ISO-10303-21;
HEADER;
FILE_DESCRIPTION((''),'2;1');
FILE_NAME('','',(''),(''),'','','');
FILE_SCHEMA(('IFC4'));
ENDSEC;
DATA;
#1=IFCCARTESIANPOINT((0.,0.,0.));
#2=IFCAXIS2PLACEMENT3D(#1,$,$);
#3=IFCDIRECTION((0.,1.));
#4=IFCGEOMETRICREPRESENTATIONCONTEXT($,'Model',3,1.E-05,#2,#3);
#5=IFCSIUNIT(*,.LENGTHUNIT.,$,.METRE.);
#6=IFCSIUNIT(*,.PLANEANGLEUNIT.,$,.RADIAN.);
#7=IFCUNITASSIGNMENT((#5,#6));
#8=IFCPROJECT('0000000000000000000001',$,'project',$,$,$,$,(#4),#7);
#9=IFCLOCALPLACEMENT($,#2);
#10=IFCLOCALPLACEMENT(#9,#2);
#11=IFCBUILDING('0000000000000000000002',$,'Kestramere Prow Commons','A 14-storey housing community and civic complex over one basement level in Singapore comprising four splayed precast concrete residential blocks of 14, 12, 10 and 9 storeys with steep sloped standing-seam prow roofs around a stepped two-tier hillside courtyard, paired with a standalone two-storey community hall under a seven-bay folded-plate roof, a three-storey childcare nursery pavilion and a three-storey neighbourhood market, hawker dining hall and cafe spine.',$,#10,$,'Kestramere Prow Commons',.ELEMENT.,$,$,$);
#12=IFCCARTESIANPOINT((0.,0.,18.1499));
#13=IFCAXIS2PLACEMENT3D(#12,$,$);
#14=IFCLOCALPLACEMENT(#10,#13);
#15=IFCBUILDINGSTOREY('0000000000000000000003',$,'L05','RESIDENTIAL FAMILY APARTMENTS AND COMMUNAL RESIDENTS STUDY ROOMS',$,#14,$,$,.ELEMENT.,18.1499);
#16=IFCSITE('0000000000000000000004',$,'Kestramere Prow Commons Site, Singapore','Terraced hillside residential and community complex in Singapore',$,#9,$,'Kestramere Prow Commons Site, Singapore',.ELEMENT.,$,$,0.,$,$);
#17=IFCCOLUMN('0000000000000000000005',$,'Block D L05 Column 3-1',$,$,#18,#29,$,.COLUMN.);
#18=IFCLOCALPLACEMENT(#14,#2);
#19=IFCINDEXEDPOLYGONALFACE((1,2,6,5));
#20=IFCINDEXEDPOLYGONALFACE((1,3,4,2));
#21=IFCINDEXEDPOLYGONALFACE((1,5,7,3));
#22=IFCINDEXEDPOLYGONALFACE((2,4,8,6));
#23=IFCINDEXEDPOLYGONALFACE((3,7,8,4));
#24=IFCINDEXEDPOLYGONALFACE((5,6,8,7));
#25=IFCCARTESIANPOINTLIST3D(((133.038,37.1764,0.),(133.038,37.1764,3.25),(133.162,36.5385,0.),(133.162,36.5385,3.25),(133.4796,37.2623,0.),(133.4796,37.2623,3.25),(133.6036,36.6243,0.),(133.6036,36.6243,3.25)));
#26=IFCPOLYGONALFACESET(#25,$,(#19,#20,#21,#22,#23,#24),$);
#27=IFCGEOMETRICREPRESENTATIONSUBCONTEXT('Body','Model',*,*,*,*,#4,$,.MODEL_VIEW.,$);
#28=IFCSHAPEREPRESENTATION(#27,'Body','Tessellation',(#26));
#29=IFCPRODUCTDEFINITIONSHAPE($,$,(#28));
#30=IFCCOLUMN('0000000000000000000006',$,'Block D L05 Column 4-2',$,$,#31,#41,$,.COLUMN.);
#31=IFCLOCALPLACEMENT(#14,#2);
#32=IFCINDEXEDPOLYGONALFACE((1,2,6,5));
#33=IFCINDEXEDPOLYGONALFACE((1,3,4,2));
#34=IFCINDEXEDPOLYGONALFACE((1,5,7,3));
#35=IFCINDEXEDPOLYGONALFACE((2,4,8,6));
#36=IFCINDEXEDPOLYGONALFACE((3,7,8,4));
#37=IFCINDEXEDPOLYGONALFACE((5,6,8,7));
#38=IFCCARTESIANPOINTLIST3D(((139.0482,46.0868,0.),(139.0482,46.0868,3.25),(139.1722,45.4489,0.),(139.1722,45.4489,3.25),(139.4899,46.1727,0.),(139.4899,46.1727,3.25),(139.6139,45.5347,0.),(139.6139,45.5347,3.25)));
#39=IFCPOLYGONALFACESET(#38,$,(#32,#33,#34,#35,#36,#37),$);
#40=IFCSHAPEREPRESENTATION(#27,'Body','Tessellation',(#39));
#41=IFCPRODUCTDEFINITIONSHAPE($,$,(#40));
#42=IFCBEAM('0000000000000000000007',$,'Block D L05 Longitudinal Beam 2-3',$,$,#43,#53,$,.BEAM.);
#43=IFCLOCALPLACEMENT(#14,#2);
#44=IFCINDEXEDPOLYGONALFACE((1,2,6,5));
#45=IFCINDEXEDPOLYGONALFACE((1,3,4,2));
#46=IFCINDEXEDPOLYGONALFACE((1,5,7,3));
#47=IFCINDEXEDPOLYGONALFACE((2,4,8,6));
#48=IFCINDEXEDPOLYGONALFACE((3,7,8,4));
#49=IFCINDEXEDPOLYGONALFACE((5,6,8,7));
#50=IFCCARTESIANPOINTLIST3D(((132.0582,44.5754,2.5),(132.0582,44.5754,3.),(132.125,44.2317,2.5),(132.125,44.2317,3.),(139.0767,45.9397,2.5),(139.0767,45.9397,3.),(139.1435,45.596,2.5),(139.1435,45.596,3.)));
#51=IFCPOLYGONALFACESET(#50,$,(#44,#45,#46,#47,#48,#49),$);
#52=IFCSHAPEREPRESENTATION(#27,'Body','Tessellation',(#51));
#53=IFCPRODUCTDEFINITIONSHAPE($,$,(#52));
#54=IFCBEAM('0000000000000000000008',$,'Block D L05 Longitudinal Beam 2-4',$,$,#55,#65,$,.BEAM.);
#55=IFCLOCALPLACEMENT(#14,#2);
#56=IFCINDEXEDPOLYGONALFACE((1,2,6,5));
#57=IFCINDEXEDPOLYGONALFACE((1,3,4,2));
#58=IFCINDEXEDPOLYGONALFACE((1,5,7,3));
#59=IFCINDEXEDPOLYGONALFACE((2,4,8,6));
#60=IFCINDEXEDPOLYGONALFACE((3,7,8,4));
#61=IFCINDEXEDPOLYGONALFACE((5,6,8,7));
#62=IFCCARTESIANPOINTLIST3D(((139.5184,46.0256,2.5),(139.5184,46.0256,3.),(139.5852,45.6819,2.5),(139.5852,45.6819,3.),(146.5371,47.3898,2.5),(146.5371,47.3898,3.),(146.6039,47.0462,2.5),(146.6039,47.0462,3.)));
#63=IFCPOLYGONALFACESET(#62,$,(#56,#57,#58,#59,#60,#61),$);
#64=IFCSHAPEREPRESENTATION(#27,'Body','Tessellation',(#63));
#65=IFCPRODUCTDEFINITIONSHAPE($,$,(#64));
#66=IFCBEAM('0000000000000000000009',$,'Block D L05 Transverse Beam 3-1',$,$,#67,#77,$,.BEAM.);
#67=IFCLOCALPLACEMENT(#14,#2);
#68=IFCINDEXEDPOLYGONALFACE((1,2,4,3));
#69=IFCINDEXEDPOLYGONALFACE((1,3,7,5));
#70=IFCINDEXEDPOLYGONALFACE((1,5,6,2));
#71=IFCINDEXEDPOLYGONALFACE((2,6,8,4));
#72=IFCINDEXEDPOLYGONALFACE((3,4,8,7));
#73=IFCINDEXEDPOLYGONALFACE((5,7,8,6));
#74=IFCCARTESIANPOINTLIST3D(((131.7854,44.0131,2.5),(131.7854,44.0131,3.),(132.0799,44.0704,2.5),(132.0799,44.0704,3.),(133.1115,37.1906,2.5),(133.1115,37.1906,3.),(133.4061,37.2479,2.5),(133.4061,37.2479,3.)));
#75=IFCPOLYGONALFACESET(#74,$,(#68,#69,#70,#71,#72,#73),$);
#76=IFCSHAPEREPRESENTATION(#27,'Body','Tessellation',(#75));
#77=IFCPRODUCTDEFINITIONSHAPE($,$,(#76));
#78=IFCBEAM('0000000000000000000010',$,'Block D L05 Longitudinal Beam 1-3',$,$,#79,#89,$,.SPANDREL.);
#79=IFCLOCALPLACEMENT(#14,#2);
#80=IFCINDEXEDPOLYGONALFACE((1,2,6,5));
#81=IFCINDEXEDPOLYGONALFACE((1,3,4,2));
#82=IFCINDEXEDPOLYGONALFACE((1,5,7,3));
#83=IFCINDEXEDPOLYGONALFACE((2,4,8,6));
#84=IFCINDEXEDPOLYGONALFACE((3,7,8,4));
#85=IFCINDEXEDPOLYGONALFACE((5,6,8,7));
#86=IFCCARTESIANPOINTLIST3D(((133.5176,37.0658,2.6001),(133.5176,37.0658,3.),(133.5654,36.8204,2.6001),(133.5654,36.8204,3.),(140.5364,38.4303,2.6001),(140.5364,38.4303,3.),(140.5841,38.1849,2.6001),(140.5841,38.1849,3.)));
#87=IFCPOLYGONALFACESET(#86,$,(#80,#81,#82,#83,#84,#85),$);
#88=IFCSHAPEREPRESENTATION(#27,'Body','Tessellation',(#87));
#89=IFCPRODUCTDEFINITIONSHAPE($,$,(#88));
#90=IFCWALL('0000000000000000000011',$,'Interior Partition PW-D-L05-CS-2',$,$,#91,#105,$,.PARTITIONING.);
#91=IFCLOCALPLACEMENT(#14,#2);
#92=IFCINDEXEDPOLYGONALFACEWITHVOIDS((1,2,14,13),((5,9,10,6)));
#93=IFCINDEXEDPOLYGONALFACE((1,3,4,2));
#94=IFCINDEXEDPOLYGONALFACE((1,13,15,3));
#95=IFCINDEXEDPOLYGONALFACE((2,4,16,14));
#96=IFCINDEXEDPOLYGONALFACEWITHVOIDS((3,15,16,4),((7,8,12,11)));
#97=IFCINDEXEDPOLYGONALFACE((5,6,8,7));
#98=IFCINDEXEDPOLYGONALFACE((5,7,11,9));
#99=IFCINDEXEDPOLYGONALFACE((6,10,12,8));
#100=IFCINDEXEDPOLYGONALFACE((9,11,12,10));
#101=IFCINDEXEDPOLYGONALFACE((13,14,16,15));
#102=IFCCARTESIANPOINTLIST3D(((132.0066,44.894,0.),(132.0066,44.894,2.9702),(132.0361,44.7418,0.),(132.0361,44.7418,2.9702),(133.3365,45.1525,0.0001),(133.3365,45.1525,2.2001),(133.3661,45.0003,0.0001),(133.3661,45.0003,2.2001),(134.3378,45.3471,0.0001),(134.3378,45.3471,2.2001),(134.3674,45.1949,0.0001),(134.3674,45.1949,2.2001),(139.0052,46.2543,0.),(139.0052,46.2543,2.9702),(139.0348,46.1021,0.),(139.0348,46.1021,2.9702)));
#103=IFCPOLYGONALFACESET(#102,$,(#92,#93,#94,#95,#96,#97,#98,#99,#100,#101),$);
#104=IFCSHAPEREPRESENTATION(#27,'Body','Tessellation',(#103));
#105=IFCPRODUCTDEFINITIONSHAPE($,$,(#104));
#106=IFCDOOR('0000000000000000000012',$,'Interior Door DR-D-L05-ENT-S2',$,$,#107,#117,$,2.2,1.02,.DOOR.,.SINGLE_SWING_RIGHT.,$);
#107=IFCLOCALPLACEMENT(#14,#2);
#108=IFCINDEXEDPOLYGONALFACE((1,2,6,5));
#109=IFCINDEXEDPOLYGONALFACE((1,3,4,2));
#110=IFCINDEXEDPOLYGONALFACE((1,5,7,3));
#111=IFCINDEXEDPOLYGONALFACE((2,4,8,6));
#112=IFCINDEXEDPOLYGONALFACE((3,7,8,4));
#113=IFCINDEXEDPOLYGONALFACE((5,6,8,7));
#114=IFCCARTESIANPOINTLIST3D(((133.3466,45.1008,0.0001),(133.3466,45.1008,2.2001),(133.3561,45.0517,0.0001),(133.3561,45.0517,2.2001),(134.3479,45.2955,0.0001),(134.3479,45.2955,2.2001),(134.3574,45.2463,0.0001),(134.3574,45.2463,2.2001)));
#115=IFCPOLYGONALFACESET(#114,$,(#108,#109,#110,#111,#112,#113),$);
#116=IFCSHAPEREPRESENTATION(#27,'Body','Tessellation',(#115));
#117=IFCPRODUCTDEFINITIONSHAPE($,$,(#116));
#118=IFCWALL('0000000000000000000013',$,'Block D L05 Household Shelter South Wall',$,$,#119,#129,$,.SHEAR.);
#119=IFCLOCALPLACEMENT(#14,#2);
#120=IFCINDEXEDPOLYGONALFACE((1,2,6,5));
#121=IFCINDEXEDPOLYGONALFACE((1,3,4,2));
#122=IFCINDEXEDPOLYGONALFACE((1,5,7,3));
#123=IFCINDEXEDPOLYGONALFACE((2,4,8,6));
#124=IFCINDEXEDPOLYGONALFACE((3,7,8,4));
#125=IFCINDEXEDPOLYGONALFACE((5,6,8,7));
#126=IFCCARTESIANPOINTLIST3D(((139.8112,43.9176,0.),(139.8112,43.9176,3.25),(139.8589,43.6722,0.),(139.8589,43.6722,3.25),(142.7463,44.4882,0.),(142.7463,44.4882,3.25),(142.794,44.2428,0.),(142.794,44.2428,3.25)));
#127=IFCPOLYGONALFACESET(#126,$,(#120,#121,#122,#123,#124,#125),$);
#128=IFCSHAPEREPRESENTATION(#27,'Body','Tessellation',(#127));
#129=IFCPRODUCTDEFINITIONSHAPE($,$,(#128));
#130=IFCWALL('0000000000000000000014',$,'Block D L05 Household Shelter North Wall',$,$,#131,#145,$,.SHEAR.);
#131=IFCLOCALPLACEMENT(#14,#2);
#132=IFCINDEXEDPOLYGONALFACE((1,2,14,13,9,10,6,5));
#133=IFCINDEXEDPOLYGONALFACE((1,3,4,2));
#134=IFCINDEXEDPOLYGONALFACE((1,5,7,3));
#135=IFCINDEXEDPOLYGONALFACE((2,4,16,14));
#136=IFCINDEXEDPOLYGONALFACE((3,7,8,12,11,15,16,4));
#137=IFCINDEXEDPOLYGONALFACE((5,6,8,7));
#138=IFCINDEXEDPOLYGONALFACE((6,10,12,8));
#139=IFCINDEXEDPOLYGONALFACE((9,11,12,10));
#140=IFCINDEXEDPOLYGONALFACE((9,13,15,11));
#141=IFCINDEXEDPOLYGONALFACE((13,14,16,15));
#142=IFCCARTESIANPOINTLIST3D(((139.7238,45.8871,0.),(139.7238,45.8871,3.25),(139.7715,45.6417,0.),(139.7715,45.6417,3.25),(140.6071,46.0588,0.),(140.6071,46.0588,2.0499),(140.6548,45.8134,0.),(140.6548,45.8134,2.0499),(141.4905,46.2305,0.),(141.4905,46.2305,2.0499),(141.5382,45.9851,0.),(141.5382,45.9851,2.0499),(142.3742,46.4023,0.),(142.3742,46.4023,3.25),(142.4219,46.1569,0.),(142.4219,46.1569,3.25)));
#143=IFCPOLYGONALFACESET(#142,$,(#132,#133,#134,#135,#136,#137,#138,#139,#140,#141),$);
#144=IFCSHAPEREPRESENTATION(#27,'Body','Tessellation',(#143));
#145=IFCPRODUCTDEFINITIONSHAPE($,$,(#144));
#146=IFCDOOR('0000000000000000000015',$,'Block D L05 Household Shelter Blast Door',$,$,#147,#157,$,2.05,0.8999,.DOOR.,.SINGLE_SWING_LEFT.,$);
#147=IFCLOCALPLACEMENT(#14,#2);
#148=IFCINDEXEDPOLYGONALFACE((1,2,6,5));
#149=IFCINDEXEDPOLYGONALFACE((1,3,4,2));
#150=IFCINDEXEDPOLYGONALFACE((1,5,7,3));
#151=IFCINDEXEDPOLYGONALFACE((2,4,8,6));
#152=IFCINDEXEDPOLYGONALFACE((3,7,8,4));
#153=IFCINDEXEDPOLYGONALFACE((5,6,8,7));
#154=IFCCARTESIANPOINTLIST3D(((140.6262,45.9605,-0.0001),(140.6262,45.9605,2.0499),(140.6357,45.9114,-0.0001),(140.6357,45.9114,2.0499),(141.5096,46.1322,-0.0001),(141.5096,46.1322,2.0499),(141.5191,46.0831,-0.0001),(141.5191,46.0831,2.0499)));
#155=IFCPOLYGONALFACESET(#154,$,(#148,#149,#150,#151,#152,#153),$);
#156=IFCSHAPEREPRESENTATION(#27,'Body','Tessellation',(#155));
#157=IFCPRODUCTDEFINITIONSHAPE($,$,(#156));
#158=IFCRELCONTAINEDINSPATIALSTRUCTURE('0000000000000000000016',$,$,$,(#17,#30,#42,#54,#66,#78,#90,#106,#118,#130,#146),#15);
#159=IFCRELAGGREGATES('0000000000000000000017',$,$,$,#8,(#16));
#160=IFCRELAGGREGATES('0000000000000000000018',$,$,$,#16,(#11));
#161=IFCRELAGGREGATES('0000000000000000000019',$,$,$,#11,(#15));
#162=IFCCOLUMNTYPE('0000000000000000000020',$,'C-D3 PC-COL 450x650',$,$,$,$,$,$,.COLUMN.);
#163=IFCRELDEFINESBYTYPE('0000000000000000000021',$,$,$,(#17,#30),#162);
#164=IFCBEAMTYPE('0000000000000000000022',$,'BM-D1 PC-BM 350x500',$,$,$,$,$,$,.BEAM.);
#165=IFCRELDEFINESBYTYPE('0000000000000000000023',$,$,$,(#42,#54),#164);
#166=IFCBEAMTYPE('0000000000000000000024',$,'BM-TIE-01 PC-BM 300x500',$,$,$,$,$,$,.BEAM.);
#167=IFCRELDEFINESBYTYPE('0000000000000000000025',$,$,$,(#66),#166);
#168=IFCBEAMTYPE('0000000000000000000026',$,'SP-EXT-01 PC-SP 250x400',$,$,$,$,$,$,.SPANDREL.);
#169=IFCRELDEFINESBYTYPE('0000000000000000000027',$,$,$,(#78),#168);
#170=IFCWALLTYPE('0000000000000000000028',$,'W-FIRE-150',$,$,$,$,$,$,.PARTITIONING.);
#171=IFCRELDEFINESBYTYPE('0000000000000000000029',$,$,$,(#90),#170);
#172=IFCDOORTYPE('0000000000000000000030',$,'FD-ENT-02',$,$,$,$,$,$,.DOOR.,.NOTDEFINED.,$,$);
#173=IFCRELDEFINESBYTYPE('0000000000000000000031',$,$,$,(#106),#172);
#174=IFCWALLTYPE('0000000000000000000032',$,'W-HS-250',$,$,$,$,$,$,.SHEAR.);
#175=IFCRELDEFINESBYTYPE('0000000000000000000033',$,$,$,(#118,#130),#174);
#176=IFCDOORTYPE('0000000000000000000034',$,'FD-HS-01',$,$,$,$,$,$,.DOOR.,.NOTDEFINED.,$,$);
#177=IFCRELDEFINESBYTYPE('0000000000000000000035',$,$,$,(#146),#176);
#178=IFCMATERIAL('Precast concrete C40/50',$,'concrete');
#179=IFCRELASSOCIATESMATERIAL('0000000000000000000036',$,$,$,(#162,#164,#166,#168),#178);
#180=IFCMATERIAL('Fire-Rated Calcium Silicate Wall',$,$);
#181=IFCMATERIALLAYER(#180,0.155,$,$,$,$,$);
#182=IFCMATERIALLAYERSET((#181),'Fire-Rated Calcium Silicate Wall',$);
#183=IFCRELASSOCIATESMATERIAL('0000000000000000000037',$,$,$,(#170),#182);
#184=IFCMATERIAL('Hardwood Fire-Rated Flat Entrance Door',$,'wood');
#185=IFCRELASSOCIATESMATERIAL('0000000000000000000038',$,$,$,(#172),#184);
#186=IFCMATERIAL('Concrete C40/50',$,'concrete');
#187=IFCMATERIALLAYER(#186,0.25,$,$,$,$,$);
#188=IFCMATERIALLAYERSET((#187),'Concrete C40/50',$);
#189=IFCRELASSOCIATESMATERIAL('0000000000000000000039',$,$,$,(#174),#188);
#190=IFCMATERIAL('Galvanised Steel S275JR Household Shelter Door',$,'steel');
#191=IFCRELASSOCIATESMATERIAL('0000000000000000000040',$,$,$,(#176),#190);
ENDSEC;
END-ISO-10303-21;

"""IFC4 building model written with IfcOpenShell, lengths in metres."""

from ifc_helpers import new_model, si_unit, direction, frame, frame_2d, origin, origin_2d, place, context, subcontext, project, spatial, rectangle, extrude, material, layer, layer_set, material_profile, profile_set, type_object, element, fill, save


model = new_model("IFC4")

# Units and contexts
model_context = context("Model", 3, precision=1e-05, world=origin(), true_north=direction((0.0, 1.0)))
body_context = subcontext(model_context, "Body", "Model", "MODEL_VIEW")
ifc_project = project(units=[si_unit("LENGTHUNIT", "METRE"), si_unit("PLANEANGLEUNIT", "RADIAN")], contexts=[model_context])

# Site, building, storey
site_placement = place(None, origin())
site = spatial("IfcSite", under=ifc_project, at=site_placement, Name="Kestramere Prow Commons Site, Singapore", Description="Terraced hillside residential and community complex in Singapore", LongName="Kestramere Prow Commons Site, Singapore", CompositionType="ELEMENT", RefElevation=0.0)
building_placement = place(site_placement, origin())
building = spatial("IfcBuilding", under=site, at=building_placement, Name="Kestramere Prow Commons", Description="A 14-storey housing community and civic complex over one basement level in Singapore comprising four splayed precast concrete residential blocks of 14, 12, 10 and 9 storeys with steep sloped standing-seam prow roofs around a stepped two-tier hillside courtyard, paired with a standalone two-storey community hall under a seven-bay folded-plate roof, a three-storey childcare nursery pavilion and a three-storey neighbourhood market, hawker dining hall and cafe spine.", LongName="Kestramere Prow Commons", CompositionType="ELEMENT")
storey_placement = place(building_placement, frame((0.0, 0.0, 18.1499)))
storey = spatial("IfcBuildingStorey", under=building, at=storey_placement, Name="L05", Description="RESIDENTIAL FAMILY APARTMENTS AND COMMUNAL RESIDENTS STUDY ROOMS", CompositionType="ELEMENT", Elevation=18.1499)

# Columns
ifc_material_1 = material(Name="Precast concrete C40/50", Category="concrete")
ifc_material_profile_1 = material_profile(ifc_material_1, rectangle(XDim=0.45, YDim=0.6499, at=origin_2d()), Name="PC-COL 450x650")
ifc_profile_set_1 = profile_set([ifc_material_profile_1], Name="Precast concrete C40/50")
column_type = type_object("IfcColumnType", Name="C-D3 PC-COL 450x650", PredefinedType="COLUMN", material=ifc_profile_set_1)
for number, where, z_axis, x_axis, name in (
    (1, (133.3208, 36.9004, 0.0), (0.0, 0.0, 1.0), (0.981627, 0.190809, 0.0), "Block D L05 Column 3-1"),
    (2, (139.3311, 45.8108, 0.0), (0.0, 0.0, 1.0), (0.981627, 0.190809, 0.0), "Block D L05 Column 4-2"),
):
    element("IfcColumn", number, at=place(storey_placement, frame(where, z_axis=z_axis, x_axis=x_axis)), inside=storey, type_object=column_type, Name=name, PredefinedType="COLUMN", context=body_context, shape_type="SweptSolid", body=[
        extrude(rectangle(XDim=0.45, YDim=0.6499, at=origin_2d()), origin(), (0.0, 0.0, 1.0), 3.25),
    ])

# Beams
ifc_material_profile_2 = material_profile(ifc_material_1, rectangle(XDim=0.3501, YDim=0.5, at=origin_2d()), Name="PC-BM 350x500")
ifc_profile_set_2 = profile_set([ifc_material_profile_2], Name="Precast concrete C40/50")
beam_type_1 = type_object("IfcBeamType", Name="BM-D1 PC-BM 350x500", PredefinedType="BEAM", material=ifc_profile_set_2)
beam_1_placement = place(storey_placement, frame((132.0916, 44.4036, 2.75), z_axis=(0.981627, 0.190808, 0.0), x_axis=(-0.190808, 0.981627, 0.0)))
element("IfcBeam", 3, at=beam_1_placement, inside=storey, type_object=beam_type_1, Name="Block D L05 Longitudinal Beam 2-3", PredefinedType="BEAM", context=body_context, shape_type="SweptSolid", body=[
    extrude(rectangle(XDim=0.3501, YDim=0.5, at=origin_2d()), origin(), (0.0, 0.0, 1.0), 7.1499),
])
beam_2_placement = place(storey_placement, frame((139.5518, 45.8538, 2.75), z_axis=(0.981629, 0.190801, 0.0), x_axis=(-0.190801, 0.981629, 0.0)))
element("IfcBeam", 4, at=beam_2_placement, inside=storey, type_object=beam_type_1, Name="Block D L05 Longitudinal Beam 2-4", PredefinedType="BEAM", context=body_context, shape_type="SweptSolid", body=[
    extrude(rectangle(XDim=0.3501, YDim=0.5, at=origin_2d()), origin(), (0.0, 0.0, 1.0), 7.1501),
])
ifc_material_profile_3 = material_profile(ifc_material_1, rectangle(XDim=0.3, YDim=0.5, at=origin_2d()), Name="PC-BM 300x500")
ifc_profile_set_3 = profile_set([ifc_material_profile_3], Name="Precast concrete C40/50")
beam_type_2 = type_object("IfcBeamType", Name="BM-TIE-01 PC-BM 300x500", PredefinedType="BEAM", material=ifc_profile_set_3)
beam_3_placement = place(storey_placement, frame((133.2588, 37.2192, 2.75), z_axis=(-0.19081, 0.981627, 0.0), x_axis=(-0.981627, -0.19081, 0.0)))
element("IfcBeam", 5, at=beam_3_placement, inside=storey, type_object=beam_type_2, Name="Block D L05 Transverse Beam 3-1", PredefinedType="BEAM", context=body_context, shape_type="SweptSolid", body=[
    extrude(rectangle(XDim=0.3, YDim=0.5, at=origin_2d()), origin(), (0.0, 0.0, 1.0), 6.9502),
])
ifc_material_profile_4 = material_profile(ifc_material_1, rectangle(XDim=0.25, YDim=0.3999, at=origin_2d()), Name="PC-SP 250x400")
ifc_profile_set_4 = profile_set([ifc_material_profile_4], Name="Precast concrete C40/50")
beam_type_3 = type_object("IfcBeamType", Name="SP-EXT-01 PC-SP 250x400", PredefinedType="SPANDREL", material=ifc_profile_set_4)
beam_4_placement = place(storey_placement, frame((133.5415, 36.9431, 2.8), z_axis=(0.981622, 0.190834, 0.0), x_axis=(-0.190834, 0.981622, 0.0)))
element("IfcBeam", 6, at=beam_4_placement, inside=storey, type_object=beam_type_3, Name="Block D L05 Longitudinal Beam 1-3", PredefinedType="SPANDREL", context=body_context, shape_type="SweptSolid", body=[
    extrude(rectangle(XDim=0.25, YDim=0.3999, at=origin_2d()), origin(), (0.0, 0.0, 1.0), 7.1501),
])

# Wall, opening, door
ifc_material_2 = material(Name="Fire-Rated Calcium Silicate Wall")
ifc_layer_1 = layer(ifc_material_2, 0.155)
ifc_layer_set_1 = layer_set([ifc_layer_1], Name="Fire-Rated Calcium Silicate Wall")
wall_type_1 = type_object("IfcWallType", Name="W-FIRE-150", PredefinedType="PARTITIONING", material=ifc_layer_set_1)
wall_1_placement = place(storey_placement, frame((132.0212, 44.8179, 0.0), z_axis=(0.0, 0.0, 1.0), x_axis=(0.981629, 0.190799, 0.0)))
wall_1 = element("IfcWall", 7, at=wall_1_placement, inside=storey, type_object=wall_type_1, Name="Interior Partition PW-D-L05-CS-2", PredefinedType="PARTITIONING", context=body_context, shape_type="SweptSolid", body=[
    extrude(rectangle(XDim=7.1296, YDim=0.155, at=frame_2d((3.5649, 0.0))), origin(), (0.0, 0.0, 1.0), 2.9702),
])
opening_1_placement = place(wall_1_placement, frame((1.355, 0.0, 0.0)))
opening_1 = element("IfcOpeningElement", 8, at=opening_1_placement, cuts=wall_1, PredefinedType="OPENING", context=body_context, shape_type="SweptSolid", body=[
    extrude(rectangle(XDim=1.02, YDim=2.2, at=frame_2d((0.51, 1.1001))), frame((0.0, 0.0925, 0.0), z_axis=(0.0, -1.0, 0.0), x_axis=(1.0, 0.0, 0.0)), (0.0, 0.0, 1.0), 0.1851),
])
ifc_material_3 = material(Name="Hardwood Fire-Rated Flat Entrance Door", Category="wood")
door_type_1 = type_object("IfcDoorType", Name="FD-ENT-02", OperationType="NOTDEFINED", PredefinedType="DOOR", material=ifc_material_3)
door_1_placement = place(opening_1_placement, origin())
door_1 = element("IfcDoor", 9, at=door_1_placement, inside=storey, type_object=door_type_1, Name="Interior Door DR-D-L05-ENT-S2", OperationType="SINGLE_SWING_RIGHT", OverallHeight=2.2, OverallWidth=1.02, PredefinedType="DOOR", context=body_context, shape_type="SweptSolid", body=[
    extrude(rectangle(XDim=1.02, YDim=2.2, at=frame_2d((0.51, 1.1001))), frame((0.0, 0.0249, 0.0), z_axis=(0.0, -1.0, 0.0), x_axis=(1.0, 0.0, 0.0)), (0.0, 0.0, 1.0), 0.05),
])
fill(opening_1, door_1)

# Wall
ifc_material_4 = material(Name="Concrete C40/50", Category="concrete")
ifc_layer_2 = layer(ifc_material_4, 0.25)
ifc_layer_set_2 = layer_set([ifc_layer_2], Name="Concrete C40/50")
wall_type_2 = type_object("IfcWallType", Name="W-HS-250", PredefinedType="SHEAR", material=ifc_layer_set_2)
wall_2_placement = place(storey_placement, frame((139.835, 43.7949, 0.0), z_axis=(0.0, 0.0, 1.0), x_axis=(0.981625, 0.190822, 0.0)))
element("IfcWall", 10, at=wall_2_placement, inside=storey, type_object=wall_type_2, Name="Block D L05 Household Shelter South Wall", PredefinedType="SHEAR", context=body_context, shape_type="SweptSolid", body=[
    extrude(rectangle(XDim=2.99, YDim=0.25, at=frame_2d((1.4951, 0.0))), origin(), (0.0, 0.0, 1.0), 3.25),
])

# Wall, opening, door
wall_3_placement = place(storey_placement, frame((139.7476, 45.7644, 0.0), z_axis=(0.0, 0.0, 1.0), x_axis=(0.98163, 0.190792, 0.0)))
wall_3 = element("IfcWall", 11, at=wall_3_placement, inside=storey, type_object=wall_type_2, Name="Block D L05 Household Shelter North Wall", PredefinedType="SHEAR", context=body_context, shape_type="SweptSolid", body=[
    extrude(rectangle(XDim=2.7, YDim=0.25, at=frame_2d((1.3501, 0.0))), origin(), (0.0, 0.0, 1.0), 3.25),
])
opening_2_placement = place(wall_3_placement, frame((0.8999, 0.0, 0.0)))
opening_2 = element("IfcOpeningElement", 12, at=opening_2_placement, cuts=wall_3, PredefinedType="OPENING", context=body_context, shape_type="SweptSolid", body=[
    extrude(rectangle(XDim=0.8999, YDim=2.05, at=frame_2d((0.45, 1.0249))), frame((0.0, 0.1399, 0.0), z_axis=(0.0, -1.0, 0.0), x_axis=(1.0, 0.0, 0.0)), (0.0, 0.0, 1.0), 0.28),
])
ifc_material_5 = material(Name="Galvanised Steel S275JR Household Shelter Door", Category="steel")
door_type_2 = type_object("IfcDoorType", Name="FD-HS-01", OperationType="NOTDEFINED", PredefinedType="DOOR", material=ifc_material_5)
door_2_placement = place(opening_2_placement, origin())
door_2 = element("IfcDoor", 13, at=door_2_placement, inside=storey, type_object=door_type_2, Name="Block D L05 Household Shelter Blast Door", OperationType="SINGLE_SWING_LEFT", OverallHeight=2.05, OverallWidth=0.8999, PredefinedType="DOOR", context=body_context, shape_type="SweptSolid", body=[
    extrude(rectangle(XDim=0.8999, YDim=2.05, at=frame_2d((0.45, 1.0249))), frame((0.0, 0.0249, 0.0), z_axis=(0.0, -1.0, 0.0), x_axis=(1.0, 0.0, 0.0)), (0.0, 0.0, 1.0), 0.05),
])
fill(opening_2, door_2)

save(model, "model.ifc")
